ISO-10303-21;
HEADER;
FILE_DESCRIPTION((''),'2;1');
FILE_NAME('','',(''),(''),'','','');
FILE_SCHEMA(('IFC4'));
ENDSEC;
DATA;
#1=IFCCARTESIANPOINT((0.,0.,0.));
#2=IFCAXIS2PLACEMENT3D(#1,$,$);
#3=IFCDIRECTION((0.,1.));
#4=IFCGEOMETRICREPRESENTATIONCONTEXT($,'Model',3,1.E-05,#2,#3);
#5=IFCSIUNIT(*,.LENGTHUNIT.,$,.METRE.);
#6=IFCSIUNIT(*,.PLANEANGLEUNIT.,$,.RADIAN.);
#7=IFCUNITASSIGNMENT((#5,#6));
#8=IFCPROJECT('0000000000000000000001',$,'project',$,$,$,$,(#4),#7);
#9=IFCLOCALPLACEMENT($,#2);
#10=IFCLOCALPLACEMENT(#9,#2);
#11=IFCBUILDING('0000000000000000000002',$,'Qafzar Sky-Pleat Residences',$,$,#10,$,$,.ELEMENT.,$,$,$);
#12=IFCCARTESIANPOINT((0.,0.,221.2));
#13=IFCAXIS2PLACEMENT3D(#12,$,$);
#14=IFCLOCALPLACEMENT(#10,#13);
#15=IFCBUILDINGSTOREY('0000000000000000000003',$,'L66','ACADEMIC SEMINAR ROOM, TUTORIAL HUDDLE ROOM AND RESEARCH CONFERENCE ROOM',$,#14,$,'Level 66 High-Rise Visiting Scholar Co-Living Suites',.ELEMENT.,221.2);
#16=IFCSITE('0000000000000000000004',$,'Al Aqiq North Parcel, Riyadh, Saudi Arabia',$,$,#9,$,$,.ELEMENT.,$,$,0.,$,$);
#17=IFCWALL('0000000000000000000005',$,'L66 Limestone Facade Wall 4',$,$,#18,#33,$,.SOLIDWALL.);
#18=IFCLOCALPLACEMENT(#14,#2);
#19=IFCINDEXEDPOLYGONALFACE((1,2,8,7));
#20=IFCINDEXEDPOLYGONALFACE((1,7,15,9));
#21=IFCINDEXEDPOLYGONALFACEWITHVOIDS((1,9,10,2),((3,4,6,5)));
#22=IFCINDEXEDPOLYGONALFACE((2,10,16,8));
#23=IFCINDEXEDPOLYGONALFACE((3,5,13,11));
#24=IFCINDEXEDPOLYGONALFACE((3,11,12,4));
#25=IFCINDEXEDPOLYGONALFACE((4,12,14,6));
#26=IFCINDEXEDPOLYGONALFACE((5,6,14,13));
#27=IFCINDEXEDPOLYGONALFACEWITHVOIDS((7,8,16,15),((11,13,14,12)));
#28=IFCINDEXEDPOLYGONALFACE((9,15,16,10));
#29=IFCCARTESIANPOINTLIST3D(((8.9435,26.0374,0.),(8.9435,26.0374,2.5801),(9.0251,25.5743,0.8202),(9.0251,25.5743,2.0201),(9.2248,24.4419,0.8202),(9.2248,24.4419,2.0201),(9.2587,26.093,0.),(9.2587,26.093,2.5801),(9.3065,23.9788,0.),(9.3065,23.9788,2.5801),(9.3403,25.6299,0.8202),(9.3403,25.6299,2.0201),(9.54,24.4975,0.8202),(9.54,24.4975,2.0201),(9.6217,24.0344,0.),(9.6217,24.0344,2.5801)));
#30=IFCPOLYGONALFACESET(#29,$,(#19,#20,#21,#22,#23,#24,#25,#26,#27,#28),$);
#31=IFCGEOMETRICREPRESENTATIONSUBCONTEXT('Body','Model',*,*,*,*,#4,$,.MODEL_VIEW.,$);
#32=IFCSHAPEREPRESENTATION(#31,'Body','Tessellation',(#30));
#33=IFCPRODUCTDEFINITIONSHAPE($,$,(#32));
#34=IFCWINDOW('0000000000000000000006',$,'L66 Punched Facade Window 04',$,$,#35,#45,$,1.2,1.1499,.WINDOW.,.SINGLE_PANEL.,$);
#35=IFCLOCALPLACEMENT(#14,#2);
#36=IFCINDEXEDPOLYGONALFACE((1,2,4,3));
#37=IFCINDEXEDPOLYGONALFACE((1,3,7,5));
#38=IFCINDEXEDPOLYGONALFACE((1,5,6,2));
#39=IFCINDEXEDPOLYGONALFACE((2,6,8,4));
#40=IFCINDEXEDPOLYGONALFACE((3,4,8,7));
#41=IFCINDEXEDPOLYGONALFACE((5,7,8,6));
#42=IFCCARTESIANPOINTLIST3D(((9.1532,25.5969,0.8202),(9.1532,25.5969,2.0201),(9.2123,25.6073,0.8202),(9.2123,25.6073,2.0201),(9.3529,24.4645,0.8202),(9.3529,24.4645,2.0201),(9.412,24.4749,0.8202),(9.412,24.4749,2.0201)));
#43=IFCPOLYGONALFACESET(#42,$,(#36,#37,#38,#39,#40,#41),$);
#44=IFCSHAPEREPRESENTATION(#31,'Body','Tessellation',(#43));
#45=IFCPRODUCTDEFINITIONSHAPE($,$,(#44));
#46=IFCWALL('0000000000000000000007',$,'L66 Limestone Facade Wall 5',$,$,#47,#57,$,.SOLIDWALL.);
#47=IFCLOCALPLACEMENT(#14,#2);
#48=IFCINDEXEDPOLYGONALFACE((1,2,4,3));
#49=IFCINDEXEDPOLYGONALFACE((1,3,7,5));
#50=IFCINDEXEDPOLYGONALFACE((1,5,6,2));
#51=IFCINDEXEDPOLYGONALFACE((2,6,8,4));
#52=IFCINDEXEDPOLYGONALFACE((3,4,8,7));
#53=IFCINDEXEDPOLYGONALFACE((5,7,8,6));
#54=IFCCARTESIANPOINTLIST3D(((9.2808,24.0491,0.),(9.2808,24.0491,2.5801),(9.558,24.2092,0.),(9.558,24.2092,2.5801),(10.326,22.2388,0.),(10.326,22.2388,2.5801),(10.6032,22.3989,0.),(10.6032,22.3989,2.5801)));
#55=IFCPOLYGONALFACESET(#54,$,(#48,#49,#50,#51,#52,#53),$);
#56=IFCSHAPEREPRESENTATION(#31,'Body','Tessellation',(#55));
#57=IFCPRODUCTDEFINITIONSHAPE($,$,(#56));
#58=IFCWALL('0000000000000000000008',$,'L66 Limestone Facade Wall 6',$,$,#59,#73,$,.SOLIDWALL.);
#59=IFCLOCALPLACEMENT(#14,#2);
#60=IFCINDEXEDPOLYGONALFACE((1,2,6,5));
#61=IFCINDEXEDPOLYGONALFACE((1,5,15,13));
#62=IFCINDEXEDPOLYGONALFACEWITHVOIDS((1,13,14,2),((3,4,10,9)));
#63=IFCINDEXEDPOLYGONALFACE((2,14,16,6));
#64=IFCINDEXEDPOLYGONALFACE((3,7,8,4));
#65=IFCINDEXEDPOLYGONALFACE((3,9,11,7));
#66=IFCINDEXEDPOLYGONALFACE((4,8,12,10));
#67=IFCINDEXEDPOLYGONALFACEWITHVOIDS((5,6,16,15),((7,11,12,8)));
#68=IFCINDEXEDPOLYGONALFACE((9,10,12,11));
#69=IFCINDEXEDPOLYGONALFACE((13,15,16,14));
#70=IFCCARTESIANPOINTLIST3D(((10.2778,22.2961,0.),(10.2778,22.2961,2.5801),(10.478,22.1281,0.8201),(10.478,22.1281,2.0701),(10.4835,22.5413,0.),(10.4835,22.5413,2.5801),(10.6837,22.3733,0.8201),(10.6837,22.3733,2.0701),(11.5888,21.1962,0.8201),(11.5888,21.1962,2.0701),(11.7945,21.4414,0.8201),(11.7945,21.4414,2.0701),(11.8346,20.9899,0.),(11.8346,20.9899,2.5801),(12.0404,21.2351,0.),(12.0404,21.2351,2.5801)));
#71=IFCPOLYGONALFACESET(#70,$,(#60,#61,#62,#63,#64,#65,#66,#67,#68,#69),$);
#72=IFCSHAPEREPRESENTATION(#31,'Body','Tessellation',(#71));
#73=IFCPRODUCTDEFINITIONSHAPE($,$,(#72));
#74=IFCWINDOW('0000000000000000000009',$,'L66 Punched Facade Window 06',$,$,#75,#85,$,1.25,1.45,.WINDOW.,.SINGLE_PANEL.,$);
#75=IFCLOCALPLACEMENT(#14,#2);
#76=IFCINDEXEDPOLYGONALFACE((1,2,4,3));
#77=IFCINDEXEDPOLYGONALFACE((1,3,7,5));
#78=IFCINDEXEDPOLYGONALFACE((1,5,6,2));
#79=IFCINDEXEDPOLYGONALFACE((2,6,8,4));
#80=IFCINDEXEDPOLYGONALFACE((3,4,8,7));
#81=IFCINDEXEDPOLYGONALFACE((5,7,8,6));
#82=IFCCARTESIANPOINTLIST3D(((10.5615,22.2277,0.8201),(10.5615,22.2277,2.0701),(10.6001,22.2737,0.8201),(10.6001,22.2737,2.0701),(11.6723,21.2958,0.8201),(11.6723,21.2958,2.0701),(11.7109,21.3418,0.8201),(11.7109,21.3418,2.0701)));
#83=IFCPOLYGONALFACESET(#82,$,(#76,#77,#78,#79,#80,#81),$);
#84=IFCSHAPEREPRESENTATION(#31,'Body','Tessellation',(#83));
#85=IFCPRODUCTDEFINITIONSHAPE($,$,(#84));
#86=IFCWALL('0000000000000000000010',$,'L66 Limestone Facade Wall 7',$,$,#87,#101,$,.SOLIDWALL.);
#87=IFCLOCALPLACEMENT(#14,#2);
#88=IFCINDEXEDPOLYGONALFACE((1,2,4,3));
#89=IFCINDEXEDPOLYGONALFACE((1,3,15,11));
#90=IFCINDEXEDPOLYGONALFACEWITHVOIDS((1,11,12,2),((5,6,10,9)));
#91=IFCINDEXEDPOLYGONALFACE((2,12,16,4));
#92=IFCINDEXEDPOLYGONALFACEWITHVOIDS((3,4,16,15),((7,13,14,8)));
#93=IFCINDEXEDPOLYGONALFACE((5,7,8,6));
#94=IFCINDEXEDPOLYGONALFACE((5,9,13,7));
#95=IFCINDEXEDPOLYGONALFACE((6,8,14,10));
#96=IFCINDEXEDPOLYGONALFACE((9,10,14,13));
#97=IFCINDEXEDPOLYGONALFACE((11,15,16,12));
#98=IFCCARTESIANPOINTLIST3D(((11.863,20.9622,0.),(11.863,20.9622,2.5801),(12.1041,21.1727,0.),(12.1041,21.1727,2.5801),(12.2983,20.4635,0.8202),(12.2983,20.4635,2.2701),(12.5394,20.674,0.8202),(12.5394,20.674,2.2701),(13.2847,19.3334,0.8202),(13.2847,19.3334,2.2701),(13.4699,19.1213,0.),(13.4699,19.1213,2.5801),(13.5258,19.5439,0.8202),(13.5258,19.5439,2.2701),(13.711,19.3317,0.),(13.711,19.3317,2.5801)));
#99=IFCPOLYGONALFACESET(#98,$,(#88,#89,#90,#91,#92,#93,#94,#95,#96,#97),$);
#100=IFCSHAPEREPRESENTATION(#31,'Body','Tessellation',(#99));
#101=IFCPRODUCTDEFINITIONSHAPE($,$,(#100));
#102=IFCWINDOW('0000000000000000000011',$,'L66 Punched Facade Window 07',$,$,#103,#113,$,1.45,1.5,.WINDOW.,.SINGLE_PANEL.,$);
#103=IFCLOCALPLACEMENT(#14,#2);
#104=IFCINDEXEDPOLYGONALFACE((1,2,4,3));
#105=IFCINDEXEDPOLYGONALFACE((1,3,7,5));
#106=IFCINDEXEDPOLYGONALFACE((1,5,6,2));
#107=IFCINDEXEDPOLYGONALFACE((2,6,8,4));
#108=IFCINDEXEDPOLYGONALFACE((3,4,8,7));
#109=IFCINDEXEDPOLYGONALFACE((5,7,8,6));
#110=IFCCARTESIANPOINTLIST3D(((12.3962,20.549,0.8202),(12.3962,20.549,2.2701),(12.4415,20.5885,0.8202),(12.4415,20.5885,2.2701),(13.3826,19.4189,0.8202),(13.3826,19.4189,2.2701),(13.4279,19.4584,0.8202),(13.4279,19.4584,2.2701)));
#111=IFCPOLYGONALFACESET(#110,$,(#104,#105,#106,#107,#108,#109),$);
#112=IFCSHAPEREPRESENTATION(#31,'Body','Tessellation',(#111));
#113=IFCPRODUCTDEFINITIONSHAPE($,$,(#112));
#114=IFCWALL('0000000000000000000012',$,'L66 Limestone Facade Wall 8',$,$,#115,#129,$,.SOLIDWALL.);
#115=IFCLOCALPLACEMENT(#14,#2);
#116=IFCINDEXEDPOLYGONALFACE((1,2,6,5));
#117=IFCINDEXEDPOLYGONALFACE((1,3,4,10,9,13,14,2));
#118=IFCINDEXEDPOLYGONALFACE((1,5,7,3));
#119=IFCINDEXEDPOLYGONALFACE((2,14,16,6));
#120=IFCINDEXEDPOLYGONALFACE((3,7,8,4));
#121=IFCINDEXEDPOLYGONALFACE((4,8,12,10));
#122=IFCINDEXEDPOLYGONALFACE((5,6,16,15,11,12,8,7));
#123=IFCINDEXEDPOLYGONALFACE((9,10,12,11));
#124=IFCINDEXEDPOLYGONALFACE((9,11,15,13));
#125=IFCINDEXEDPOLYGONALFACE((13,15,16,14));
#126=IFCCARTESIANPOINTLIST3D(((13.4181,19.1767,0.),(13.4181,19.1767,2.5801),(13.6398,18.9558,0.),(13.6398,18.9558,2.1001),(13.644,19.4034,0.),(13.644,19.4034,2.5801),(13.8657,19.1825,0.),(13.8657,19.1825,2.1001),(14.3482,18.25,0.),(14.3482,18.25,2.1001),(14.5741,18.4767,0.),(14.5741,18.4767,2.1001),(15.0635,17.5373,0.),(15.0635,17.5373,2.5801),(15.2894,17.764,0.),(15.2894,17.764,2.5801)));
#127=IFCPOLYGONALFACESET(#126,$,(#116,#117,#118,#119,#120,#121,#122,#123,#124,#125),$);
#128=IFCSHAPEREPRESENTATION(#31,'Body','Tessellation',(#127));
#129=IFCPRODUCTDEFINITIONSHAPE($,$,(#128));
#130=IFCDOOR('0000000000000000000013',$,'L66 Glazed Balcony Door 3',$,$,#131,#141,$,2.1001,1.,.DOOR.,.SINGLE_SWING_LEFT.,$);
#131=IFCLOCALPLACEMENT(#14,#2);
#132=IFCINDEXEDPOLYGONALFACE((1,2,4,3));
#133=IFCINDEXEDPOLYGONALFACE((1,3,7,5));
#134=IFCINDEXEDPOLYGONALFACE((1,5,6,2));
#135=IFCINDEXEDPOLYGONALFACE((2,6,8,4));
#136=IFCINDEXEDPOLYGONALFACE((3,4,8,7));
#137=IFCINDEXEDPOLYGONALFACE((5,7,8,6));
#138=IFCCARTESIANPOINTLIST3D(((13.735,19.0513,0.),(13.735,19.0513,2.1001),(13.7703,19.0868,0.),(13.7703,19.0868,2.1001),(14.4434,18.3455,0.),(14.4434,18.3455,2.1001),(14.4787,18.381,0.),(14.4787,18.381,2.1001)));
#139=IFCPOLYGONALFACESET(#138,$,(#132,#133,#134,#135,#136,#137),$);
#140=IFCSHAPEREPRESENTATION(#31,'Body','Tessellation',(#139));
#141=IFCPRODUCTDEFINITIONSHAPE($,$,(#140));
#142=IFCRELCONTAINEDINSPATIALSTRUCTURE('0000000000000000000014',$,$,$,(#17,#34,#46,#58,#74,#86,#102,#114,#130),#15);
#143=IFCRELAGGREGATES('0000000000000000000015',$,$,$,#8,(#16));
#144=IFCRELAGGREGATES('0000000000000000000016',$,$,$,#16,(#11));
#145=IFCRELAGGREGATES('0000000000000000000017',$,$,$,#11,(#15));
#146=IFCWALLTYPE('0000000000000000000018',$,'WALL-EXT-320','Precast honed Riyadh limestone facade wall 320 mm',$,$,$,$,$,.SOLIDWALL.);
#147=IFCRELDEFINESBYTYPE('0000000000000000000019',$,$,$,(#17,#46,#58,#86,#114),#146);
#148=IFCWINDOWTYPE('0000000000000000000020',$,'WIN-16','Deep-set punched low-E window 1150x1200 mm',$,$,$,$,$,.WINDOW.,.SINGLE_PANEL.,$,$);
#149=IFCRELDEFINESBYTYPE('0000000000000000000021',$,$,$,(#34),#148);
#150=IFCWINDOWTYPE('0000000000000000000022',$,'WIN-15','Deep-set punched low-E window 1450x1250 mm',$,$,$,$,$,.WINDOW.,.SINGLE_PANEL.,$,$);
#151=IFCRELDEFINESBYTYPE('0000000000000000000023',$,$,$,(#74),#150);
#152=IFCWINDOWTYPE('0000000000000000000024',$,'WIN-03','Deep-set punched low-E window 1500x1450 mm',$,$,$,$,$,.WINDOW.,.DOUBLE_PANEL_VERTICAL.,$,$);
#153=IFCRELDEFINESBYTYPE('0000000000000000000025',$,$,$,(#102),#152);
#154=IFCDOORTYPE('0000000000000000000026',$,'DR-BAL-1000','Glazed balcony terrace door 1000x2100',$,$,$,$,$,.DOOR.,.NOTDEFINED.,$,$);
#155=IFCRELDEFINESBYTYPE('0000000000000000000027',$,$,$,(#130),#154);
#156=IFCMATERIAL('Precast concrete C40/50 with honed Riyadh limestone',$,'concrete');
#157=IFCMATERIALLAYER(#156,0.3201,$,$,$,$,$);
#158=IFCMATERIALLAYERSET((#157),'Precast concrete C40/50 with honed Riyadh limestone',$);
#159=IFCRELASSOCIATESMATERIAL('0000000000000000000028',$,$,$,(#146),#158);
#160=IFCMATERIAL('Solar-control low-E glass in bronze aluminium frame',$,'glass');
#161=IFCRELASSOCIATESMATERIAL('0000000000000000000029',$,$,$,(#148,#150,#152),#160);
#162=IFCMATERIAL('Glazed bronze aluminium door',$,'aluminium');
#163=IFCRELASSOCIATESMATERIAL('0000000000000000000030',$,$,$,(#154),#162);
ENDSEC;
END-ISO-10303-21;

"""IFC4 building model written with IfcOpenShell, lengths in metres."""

from ifc_helpers import new_model, si_unit, direction, frame, frame_2d, origin, place, context, subcontext, project, spatial, rectangle, extrude, source, transform, mapped, material, layer, layer_set, type_object, element, fill, save


model = new_model("IFC4")

# Units and contexts
model_context = context("Model", 3, precision=1e-05, world=origin(), true_north=direction((0.0, 1.0)))
body_context = subcontext(model_context, "Body", "Model", "MODEL_VIEW")
ifc_project = project(units=[si_unit("LENGTHUNIT", "METRE"), si_unit("PLANEANGLEUNIT", "RADIAN")], contexts=[model_context])

# Site, building, storey
site_placement = place(None, origin())
site = spatial("IfcSite", under=ifc_project, at=site_placement, Name="Al Aqiq North Parcel, Riyadh, Saudi Arabia", CompositionType="ELEMENT", RefElevation=0.0)
building_placement = place(site_placement, origin())
building = spatial("IfcBuilding", under=site, at=building_placement, Name="Qafzar Sky-Pleat Residences", CompositionType="ELEMENT")
storey_placement = place(building_placement, frame((0.0, 0.0, 221.2)))
storey = spatial("IfcBuildingStorey", under=building, at=storey_placement, Name="L66", Description="ACADEMIC SEMINAR ROOM, TUTORIAL HUDDLE ROOM AND RESEARCH CONFERENCE ROOM", LongName="Level 66 High-Rise Visiting Scholar Co-Living Suites", CompositionType="ELEMENT", Elevation=221.2)

# Wall, opening, window
ifc_material_1 = material(Name="Precast concrete C40/50 with honed Riyadh limestone", Category="concrete")
ifc_layer_1 = layer(ifc_material_1, 0.3201)
ifc_layer_set_1 = layer_set([ifc_layer_1], Name="Precast concrete C40/50 with honed Riyadh limestone")
wall_type_1 = type_object("IfcWallType", Name="WALL-EXT-320", Description="Precast honed Riyadh limestone facade wall 320 mm", PredefinedType="SOLIDWALL", material=ifc_layer_set_1)
wall_1_placement = place(storey_placement, frame((9.1011, 26.0652, 0.0), z_axis=(0.0, 0.0, 1.0), x_axis=(0.173672, -0.984804, 0.0)))
wall_1 = element("IfcWall", 1, at=wall_1_placement, inside=storey, type_object=wall_type_1, Name="L66 Limestone Facade Wall 4", PredefinedType="SOLIDWALL", context=body_context, shape_type="SweptSolid", body=[
    extrude(rectangle(XDim=2.0903, YDim=0.3201, at=frame_2d((1.0452, 0.0))), origin(), (0.0, 0.0, 1.0), 2.5801),
])
opening_1_placement = place(wall_1_placement, frame((0.4702, 0.0, 0.8201)))
opening_1 = element("IfcOpeningElement", 2, at=opening_1_placement, cuts=wall_1, PredefinedType="OPENING", context=body_context, shape_type="SweptSolid", body=[
    extrude(rectangle(XDim=1.1499, YDim=1.2, at=frame_2d((0.575, 0.6001))), frame((0.0, 0.1699, 0.0), z_axis=(0.0, -1.0, 0.0), x_axis=(1.0, 0.0, 0.0)), (0.0, 0.0, 1.0), 0.3401),
])
ifc_material_2 = material(Name="Solar-control low-E glass in bronze aluminium frame", Category="glass")
window_type_1 = type_object("IfcWindowType", Name="WIN-16", Description="Deep-set punched low-E window 1150x1200 mm", PartitioningType="SINGLE_PANEL", PredefinedType="WINDOW", material=ifc_material_2)
shared_shape_1 = source(origin(), body_context, "Body", "SweptSolid", [
    extrude(rectangle(XDim=1.1499, YDim=1.2, at=frame_2d((0.575, 0.6001))), frame((0.0, 0.03, 0.0), z_axis=(0.0, -1.0, 0.0), x_axis=(1.0, 0.0, 0.0)), (0.0, 0.0, 1.0), 0.0601),
])
window_1_placement = place(opening_1_placement, origin())
window_1 = element("IfcWindow", 3, at=window_1_placement, inside=storey, type_object=window_type_1, Name="L66 Punched Facade Window 04", OverallHeight=1.2, OverallWidth=1.1499, PartitioningType="SINGLE_PANEL", PredefinedType="WINDOW", context=body_context, shape_type="MappedRepresentation", body=[
    mapped(shared_shape_1, transform((0.0, 0.0, 0.0), x_axis=(1.0, 0.0, 0.0), y_axis=(0.0, 1.0, 0.0), z_axis=(0.0, 0.0, 1.0), scale=1.0)),
])
fill(opening_1, window_1)

# Wall
wall_2_placement = place(storey_placement, frame((9.4194, 24.1292, 0.0), z_axis=(0.0, 0.0, 1.0), x_axis=(0.499995, -0.866028, 0.0)))
element("IfcWall", 4, at=wall_2_placement, inside=storey, type_object=wall_type_1, Name="L66 Limestone Facade Wall 5", PredefinedType="SOLIDWALL", context=body_context, shape_type="SweptSolid", body=[
    extrude(rectangle(XDim=2.0903, YDim=0.3201, at=frame_2d((1.0452, 0.0))), origin(), (0.0, 0.0, 1.0), 2.5801),
])

# Walls, openings, windows
wall_3_placement = place(storey_placement, frame((10.3806, 22.4187, 0.0), z_axis=(0.0, 0.0, 1.0), x_axis=(0.7661, -0.642721, 0.0)))
wall_3 = element("IfcWall", 5, at=wall_3_placement, inside=storey, type_object=wall_type_1, Name="L66 Limestone Facade Wall 6", PredefinedType="SOLIDWALL", context=body_context, shape_type="SweptSolid", body=[
    extrude(rectangle(XDim=2.0322, YDim=0.3201, at=frame_2d((1.0161, 0.0))), origin(), (0.0, 0.0, 1.0), 2.5801),
])
opening_2_placement = place(wall_3_placement, frame((0.2612, 0.0, 0.8201)))
opening_2 = element("IfcOpeningElement", 6, at=opening_2_placement, cuts=wall_3, PredefinedType="OPENING", context=body_context, shape_type="SweptSolid", body=[
    extrude(rectangle(XDim=1.45, YDim=1.25, at=frame_2d((0.7251, 0.625))), frame((0.0, 0.1699, 0.0), z_axis=(0.0, -1.0, 0.0), x_axis=(1.0, 0.0, 0.0)), (0.0, 0.0, 1.0), 0.3401),
])
window_type_2 = type_object("IfcWindowType", Name="WIN-15", Description="Deep-set punched low-E window 1450x1250 mm", PartitioningType="SINGLE_PANEL", PredefinedType="WINDOW", material=ifc_material_2)
shared_shape_2 = source(origin(), body_context, "Body", "SweptSolid", [
    extrude(rectangle(XDim=1.45, YDim=1.25, at=frame_2d((0.7251, 0.625))), frame((0.0, 0.03, 0.0), z_axis=(0.0, -1.0, 0.0), x_axis=(1.0, 0.0, 0.0)), (0.0, 0.0, 1.0), 0.0601),
])
window_2_placement = place(opening_2_placement, origin())
window_2 = element("IfcWindow", 7, at=window_2_placement, inside=storey, type_object=window_type_2, Name="L66 Punched Facade Window 06", OverallHeight=1.25, OverallWidth=1.45, PartitioningType="SINGLE_PANEL", PredefinedType="WINDOW", context=body_context, shape_type="MappedRepresentation", body=[
    mapped(shared_shape_2, transform((0.0, 0.0, 0.0), x_axis=(1.0, 0.0, 0.0), y_axis=(0.0, 1.0, 0.0), z_axis=(0.0, 0.0, 1.0), scale=1.0)),
])
fill(opening_2, window_2)
wall_4_placement = place(storey_placement, frame((11.9836, 21.0674, 0.0), z_axis=(0.0, 0.0, 1.0), x_axis=(0.657578, -0.753387, 0.0)))
wall_4 = element("IfcWall", 8, at=wall_4_placement, inside=storey, type_object=wall_type_1, Name="L66 Limestone Facade Wall 7", PredefinedType="SOLIDWALL", context=body_context, shape_type="SweptSolid", body=[
    extrude(rectangle(XDim=2.4436, YDim=0.3201, at=frame_2d((1.2217, 0.0))), origin(), (0.0, 0.0, 1.0), 2.5801),
])
opening_3_placement = place(wall_4_placement, frame((0.6619, 0.0, 0.8201)))
opening_3 = element("IfcOpeningElement", 9, at=opening_3_placement, cuts=wall_4, PredefinedType="OPENING", context=body_context, shape_type="SweptSolid", body=[
    extrude(rectangle(XDim=1.5, YDim=1.45, at=frame_2d((0.75, 0.7251))), frame((0.0, 0.1699, 0.0), z_axis=(0.0, -1.0, 0.0), x_axis=(1.0, 0.0, 0.0)), (0.0, 0.0, 1.0), 0.3401),
])
window_type_3 = type_object("IfcWindowType", Name="WIN-03", Description="Deep-set punched low-E window 1500x1450 mm", PartitioningType="DOUBLE_PANEL_VERTICAL", PredefinedType="WINDOW", material=ifc_material_2)
shared_shape_3 = source(origin(), body_context, "Body", "SweptSolid", [
    extrude(rectangle(XDim=1.5, YDim=1.45, at=frame_2d((0.75, 0.7251))), frame((0.0, 0.03, 0.0), z_axis=(0.0, -1.0, 0.0), x_axis=(1.0, 0.0, 0.0)), (0.0, 0.0, 1.0), 0.0601),
])
window_3_placement = place(opening_3_placement, origin())
window_3 = element("IfcWindow", 10, at=window_3_placement, inside=storey, type_object=window_type_3, Name="L66 Punched Facade Window 07", OverallHeight=1.45, OverallWidth=1.5, PartitioningType="SINGLE_PANEL", PredefinedType="WINDOW", context=body_context, shape_type="MappedRepresentation", body=[
    mapped(shared_shape_3, transform((0.0, 0.0, 0.0), x_axis=(1.0, 0.0, 0.0), y_axis=(0.0, 1.0, 0.0), z_axis=(0.0, 0.0, 1.0), scale=1.0)),
])
fill(opening_3, window_3)

# Wall, opening, door
wall_5_placement = place(storey_placement, frame((13.531, 19.29, 0.0), z_axis=(0.0, 0.0, 1.0), x_axis=(0.708419, -0.705792, 0.0)))
wall_5 = element("IfcWall", 11, at=wall_5_placement, inside=storey, type_object=wall_type_1, Name="L66 Limestone Facade Wall 8", PredefinedType="SOLIDWALL", context=body_context, shape_type="SweptSolid", body=[
    extrude(rectangle(XDim=2.3228, YDim=0.3201, at=frame_2d((1.1614, 0.0))), origin(), (0.0, 0.0, 1.0), 2.5801),
])
opening_4_placement = place(wall_5_placement, frame((0.313, 0.0, 0.0)))
opening_4 = element("IfcOpeningElement", 12, at=opening_4_placement, cuts=wall_5, PredefinedType="OPENING", context=body_context, shape_type="SweptSolid", body=[
    extrude(rectangle(XDim=1.0, YDim=2.1001, at=frame_2d((0.5, 1.05))), frame((0.0, 0.1699, 0.0), z_axis=(0.0, -1.0, 0.0), x_axis=(1.0, 0.0, 0.0)), (0.0, 0.0, 1.0), 0.3401),
])
ifc_material_3 = material(Name="Glazed bronze aluminium door", Category="aluminium")
door_type = type_object("IfcDoorType", Name="DR-BAL-1000", Description="Glazed balcony terrace door 1000x2100", OperationType="NOTDEFINED", PredefinedType="DOOR", material=ifc_material_3)
shared_shape_4 = source(origin(), body_context, "Body", "SweptSolid", [
    extrude(rectangle(XDim=1.0, YDim=2.1001, at=frame_2d((0.5, 1.05))), frame((0.0, 0.0249, 0.0), z_axis=(0.0, -1.0, 0.0), x_axis=(1.0, 0.0, 0.0)), (0.0, 0.0, 1.0), 0.05),
])
door_placement = place(opening_4_placement, origin())
door = element("IfcDoor", 13, at=door_placement, inside=storey, type_object=door_type, Name="L66 Glazed Balcony Door 3", OperationType="SINGLE_SWING_LEFT", OverallHeight=2.1001, OverallWidth=1.0, PredefinedType="DOOR", context=body_context, shape_type="MappedRepresentation", body=[
    mapped(shared_shape_4, transform((0.0, 0.0, 0.0), x_axis=(1.0, 0.0, 0.0), y_axis=(0.0, 1.0, 0.0), z_axis=(0.0, 0.0, 1.0), scale=1.0)),
])
fill(opening_4, door)

save(model, "model.ifc")
